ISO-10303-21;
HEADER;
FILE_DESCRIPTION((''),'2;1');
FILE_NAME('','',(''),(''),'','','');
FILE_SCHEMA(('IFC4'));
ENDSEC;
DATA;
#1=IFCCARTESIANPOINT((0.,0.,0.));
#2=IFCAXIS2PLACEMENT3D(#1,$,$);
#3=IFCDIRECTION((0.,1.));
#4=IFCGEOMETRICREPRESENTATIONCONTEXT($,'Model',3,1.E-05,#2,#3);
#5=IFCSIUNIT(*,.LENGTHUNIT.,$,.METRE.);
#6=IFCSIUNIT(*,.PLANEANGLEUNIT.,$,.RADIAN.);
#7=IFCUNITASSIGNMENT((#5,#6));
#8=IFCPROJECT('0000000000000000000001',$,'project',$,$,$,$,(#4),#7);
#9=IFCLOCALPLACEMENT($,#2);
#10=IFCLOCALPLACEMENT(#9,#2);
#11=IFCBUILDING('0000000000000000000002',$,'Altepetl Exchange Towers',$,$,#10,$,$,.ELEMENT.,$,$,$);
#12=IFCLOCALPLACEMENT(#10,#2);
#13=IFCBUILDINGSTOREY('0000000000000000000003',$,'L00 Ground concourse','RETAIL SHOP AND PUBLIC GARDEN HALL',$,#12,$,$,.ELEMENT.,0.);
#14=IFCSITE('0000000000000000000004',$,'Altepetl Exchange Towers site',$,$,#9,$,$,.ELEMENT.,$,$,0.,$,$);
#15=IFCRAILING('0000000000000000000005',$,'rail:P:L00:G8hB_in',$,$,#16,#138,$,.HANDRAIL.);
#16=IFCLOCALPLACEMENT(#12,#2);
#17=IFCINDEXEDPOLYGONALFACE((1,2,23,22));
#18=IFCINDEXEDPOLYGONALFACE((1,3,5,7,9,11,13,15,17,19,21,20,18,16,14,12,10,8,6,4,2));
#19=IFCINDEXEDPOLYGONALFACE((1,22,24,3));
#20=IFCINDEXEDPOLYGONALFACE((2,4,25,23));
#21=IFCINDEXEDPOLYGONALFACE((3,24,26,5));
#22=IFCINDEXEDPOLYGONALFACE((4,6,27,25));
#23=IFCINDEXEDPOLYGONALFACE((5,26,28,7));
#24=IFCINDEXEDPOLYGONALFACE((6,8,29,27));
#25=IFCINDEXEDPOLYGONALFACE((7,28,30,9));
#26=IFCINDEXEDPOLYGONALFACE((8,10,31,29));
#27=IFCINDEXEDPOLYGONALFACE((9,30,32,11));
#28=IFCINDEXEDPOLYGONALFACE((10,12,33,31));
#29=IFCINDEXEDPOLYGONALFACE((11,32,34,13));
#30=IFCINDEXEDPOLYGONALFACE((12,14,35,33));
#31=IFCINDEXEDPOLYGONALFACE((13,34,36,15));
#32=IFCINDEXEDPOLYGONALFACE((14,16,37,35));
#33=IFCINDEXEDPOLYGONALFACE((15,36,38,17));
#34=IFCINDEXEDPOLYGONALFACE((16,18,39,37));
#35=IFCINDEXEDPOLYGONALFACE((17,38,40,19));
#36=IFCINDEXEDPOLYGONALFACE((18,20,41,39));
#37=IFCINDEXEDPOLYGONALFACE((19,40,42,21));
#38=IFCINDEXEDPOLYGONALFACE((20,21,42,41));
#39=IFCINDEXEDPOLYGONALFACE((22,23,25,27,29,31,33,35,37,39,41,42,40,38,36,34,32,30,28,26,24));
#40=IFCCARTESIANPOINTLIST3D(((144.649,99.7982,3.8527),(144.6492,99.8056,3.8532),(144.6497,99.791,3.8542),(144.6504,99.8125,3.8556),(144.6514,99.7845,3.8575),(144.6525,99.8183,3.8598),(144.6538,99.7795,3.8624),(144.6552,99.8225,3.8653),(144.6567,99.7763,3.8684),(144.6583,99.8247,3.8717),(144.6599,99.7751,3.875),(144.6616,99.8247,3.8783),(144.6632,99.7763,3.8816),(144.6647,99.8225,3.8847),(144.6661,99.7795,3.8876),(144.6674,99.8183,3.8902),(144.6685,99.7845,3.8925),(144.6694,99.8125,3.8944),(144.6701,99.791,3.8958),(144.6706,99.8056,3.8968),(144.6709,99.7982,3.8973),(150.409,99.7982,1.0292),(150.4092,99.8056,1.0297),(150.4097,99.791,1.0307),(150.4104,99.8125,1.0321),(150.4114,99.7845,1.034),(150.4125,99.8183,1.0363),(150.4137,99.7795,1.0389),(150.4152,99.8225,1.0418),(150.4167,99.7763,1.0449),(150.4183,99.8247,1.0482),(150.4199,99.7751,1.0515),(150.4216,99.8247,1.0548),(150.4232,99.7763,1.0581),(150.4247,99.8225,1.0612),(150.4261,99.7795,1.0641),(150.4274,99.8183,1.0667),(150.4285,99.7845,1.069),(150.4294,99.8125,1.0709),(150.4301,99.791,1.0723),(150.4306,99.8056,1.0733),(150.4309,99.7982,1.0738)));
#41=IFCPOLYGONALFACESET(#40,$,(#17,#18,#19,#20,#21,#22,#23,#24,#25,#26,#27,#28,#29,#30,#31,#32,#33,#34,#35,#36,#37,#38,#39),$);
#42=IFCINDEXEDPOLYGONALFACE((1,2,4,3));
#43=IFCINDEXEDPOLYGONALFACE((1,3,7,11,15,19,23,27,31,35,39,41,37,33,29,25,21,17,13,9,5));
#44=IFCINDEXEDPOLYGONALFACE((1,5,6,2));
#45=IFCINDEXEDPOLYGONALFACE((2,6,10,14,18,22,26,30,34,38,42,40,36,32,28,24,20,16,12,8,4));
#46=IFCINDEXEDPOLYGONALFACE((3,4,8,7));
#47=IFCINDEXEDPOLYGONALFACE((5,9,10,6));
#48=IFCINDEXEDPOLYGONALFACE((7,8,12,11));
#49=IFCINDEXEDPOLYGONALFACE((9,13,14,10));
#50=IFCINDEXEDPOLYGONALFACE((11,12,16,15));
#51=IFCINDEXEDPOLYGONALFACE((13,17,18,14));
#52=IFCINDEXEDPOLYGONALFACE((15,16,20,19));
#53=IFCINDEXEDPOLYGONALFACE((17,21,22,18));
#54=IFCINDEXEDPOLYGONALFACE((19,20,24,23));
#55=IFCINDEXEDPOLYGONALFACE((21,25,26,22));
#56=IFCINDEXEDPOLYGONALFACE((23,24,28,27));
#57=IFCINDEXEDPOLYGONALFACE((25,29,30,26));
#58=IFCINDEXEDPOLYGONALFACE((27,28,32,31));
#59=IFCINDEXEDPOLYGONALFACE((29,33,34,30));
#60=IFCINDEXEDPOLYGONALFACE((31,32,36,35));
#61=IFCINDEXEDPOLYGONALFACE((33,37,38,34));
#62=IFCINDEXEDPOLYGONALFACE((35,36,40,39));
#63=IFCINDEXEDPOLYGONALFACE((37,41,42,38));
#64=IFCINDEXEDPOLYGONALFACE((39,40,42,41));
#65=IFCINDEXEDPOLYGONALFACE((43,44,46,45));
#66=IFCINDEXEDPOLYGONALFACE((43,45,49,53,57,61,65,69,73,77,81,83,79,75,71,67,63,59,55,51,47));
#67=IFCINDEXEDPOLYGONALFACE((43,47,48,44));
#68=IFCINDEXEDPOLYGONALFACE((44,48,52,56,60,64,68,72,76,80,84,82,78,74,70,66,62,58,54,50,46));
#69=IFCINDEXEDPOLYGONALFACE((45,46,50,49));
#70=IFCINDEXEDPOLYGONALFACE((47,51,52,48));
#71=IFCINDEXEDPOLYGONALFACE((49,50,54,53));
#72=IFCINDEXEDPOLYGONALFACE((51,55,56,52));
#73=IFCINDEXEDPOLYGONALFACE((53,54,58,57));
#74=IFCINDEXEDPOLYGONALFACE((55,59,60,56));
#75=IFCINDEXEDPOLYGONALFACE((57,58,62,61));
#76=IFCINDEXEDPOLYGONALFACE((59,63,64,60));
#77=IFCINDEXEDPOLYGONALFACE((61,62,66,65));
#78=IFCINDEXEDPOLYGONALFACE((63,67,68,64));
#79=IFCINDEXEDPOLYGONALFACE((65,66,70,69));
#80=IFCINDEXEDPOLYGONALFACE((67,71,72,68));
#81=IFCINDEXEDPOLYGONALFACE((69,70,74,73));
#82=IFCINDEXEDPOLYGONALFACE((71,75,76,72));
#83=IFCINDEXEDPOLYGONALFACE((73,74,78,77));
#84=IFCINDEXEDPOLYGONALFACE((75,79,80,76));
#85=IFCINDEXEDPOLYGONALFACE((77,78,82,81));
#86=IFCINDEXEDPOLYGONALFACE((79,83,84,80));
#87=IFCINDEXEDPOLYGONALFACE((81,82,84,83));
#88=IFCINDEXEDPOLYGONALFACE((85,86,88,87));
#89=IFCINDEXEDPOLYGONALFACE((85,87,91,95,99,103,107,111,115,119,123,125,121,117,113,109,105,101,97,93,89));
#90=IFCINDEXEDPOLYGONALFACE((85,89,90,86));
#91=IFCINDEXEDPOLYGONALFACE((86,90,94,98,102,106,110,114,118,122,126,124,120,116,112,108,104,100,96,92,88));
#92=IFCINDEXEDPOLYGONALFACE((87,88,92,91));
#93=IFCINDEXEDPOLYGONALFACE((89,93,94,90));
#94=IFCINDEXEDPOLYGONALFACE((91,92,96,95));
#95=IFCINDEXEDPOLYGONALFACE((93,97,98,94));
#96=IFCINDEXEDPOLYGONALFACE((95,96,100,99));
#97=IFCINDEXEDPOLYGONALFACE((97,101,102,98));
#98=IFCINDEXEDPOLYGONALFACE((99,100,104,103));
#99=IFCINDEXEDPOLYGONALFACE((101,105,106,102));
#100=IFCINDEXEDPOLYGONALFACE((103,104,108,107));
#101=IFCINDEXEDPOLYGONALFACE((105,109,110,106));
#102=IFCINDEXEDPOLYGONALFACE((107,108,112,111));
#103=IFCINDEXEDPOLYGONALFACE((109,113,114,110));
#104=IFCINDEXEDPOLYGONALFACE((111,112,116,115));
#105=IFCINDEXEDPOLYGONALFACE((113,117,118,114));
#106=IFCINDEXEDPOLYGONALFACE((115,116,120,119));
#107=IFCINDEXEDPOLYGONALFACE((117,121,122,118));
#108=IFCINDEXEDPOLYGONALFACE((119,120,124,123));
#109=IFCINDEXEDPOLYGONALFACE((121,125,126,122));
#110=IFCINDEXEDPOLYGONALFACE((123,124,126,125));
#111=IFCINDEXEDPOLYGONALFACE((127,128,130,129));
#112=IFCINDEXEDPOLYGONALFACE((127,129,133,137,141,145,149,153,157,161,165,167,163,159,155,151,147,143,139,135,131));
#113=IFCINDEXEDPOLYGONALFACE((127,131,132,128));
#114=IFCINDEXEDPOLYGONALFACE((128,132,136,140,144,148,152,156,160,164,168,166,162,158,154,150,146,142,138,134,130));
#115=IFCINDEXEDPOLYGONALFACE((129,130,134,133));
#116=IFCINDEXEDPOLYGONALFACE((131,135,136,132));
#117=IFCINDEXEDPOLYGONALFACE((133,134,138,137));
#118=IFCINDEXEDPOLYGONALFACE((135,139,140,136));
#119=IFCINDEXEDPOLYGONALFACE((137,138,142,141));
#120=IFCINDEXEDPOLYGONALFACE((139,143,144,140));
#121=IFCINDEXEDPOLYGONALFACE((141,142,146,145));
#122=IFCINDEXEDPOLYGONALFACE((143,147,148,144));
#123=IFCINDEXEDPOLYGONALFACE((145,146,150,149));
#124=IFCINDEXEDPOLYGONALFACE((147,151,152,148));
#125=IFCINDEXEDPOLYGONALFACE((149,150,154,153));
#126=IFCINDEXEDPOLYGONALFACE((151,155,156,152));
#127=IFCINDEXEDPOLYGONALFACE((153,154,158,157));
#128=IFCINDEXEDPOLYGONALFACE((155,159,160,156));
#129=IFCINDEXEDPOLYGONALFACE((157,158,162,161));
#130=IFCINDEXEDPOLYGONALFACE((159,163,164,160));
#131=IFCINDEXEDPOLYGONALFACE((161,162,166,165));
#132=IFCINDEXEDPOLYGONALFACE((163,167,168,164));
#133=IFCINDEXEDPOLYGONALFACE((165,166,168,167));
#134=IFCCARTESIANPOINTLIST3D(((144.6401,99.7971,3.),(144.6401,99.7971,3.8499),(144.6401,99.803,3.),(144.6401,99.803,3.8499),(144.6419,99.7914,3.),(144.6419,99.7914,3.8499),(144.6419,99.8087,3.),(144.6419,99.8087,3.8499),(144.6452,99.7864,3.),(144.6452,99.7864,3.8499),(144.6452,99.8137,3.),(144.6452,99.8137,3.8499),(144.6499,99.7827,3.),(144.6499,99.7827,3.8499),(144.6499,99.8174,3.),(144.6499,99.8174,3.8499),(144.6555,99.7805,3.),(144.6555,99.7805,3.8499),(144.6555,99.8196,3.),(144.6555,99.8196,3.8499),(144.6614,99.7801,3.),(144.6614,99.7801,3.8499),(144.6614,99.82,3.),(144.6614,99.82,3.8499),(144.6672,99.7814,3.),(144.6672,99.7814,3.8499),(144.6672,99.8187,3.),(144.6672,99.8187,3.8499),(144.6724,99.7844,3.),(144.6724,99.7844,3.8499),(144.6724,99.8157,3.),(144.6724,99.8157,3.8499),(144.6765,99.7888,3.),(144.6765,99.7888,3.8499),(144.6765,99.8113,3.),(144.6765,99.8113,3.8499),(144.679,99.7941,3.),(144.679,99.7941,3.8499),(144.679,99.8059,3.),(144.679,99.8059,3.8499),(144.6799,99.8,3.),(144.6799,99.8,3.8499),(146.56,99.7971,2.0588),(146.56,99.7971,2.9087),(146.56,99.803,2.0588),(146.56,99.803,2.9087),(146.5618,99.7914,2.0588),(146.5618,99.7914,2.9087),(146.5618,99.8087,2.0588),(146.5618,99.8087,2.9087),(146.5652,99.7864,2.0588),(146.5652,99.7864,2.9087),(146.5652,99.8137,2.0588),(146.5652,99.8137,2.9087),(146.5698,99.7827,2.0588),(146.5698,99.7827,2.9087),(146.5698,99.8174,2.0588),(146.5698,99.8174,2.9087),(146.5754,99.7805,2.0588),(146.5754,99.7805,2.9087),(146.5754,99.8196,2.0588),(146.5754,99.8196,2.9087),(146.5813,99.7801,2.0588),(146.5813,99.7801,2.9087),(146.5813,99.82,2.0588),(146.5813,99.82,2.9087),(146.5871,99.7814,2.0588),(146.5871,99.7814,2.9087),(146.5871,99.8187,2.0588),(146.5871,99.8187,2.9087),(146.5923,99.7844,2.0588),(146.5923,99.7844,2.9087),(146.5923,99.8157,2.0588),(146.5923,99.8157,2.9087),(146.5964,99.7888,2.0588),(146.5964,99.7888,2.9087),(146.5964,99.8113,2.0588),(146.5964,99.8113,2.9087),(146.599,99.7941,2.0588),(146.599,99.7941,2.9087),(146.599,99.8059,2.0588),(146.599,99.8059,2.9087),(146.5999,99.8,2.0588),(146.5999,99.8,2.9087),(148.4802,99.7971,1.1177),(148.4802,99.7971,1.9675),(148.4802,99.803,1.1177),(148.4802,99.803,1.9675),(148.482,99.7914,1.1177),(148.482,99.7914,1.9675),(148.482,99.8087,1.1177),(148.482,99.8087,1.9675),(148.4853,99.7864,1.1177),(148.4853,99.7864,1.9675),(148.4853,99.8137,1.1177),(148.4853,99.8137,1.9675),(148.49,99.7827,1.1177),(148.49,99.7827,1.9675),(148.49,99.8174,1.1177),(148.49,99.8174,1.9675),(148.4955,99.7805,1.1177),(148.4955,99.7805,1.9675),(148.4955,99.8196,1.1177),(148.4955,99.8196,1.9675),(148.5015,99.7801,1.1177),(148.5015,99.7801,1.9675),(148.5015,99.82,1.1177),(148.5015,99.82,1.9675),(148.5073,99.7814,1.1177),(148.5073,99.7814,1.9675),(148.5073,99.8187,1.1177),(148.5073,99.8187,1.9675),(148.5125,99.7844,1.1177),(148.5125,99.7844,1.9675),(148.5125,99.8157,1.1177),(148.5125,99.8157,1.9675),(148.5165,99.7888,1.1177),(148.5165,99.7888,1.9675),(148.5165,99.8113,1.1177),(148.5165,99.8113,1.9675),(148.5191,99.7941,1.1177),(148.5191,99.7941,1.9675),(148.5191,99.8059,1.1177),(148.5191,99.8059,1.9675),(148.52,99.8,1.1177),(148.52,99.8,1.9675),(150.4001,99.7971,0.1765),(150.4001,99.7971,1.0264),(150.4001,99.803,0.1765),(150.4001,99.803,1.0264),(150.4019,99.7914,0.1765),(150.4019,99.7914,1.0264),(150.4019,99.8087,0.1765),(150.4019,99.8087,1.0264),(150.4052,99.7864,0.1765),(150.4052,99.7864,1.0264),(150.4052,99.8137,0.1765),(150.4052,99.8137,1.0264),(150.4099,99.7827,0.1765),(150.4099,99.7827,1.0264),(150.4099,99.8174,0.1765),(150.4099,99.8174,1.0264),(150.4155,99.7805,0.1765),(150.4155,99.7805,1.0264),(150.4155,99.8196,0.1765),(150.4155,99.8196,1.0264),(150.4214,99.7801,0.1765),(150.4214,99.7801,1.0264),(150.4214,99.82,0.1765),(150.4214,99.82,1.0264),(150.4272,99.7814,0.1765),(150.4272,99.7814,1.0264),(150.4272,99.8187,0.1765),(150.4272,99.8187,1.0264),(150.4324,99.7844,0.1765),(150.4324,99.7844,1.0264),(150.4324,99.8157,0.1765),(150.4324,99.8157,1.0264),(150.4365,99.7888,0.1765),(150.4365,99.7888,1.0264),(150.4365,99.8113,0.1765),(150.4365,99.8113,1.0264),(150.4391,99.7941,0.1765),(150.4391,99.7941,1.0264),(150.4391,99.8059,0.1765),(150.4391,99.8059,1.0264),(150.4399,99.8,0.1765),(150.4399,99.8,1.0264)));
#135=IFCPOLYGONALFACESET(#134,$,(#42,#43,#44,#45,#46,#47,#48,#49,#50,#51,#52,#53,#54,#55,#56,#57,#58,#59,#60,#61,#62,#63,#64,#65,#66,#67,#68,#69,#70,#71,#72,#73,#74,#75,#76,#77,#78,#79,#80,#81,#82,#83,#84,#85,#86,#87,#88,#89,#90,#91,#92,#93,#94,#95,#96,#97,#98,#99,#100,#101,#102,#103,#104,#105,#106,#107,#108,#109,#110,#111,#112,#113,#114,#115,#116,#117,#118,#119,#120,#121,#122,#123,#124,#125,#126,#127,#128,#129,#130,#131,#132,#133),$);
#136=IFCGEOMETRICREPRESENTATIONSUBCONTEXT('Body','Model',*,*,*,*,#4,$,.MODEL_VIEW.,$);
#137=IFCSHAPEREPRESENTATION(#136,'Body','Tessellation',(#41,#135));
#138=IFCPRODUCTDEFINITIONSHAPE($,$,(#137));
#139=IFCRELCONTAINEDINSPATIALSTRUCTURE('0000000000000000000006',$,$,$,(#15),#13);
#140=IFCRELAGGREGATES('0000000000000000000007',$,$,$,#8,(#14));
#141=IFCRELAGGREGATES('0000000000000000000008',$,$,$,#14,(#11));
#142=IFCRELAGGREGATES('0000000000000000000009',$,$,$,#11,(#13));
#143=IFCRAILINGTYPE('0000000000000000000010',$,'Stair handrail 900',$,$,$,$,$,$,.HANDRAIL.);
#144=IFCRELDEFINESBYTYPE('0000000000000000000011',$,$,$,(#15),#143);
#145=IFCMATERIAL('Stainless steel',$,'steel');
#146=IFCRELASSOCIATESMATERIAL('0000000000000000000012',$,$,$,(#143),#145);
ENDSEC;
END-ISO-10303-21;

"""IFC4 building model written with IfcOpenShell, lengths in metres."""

from ifc_helpers import new_model, si_unit, direction, frame, origin, origin_2d, place, context, subcontext, project, spatial, circle, extrude, source, transform, mapped, material, type_object, element, save


model = new_model("IFC4")

# Units and contexts
model_context = context("Model", 3, precision=1e-05, world=origin(), true_north=direction((0.0, 1.0)))
body_context = subcontext(model_context, "Body", "Model", "MODEL_VIEW")
ifc_project = project(units=[si_unit("LENGTHUNIT", "METRE"), si_unit("PLANEANGLEUNIT", "RADIAN")], contexts=[model_context])

# Site, building, storey
site_placement = place(None, origin())
site = spatial("IfcSite", under=ifc_project, at=site_placement, Name="Altepetl Exchange Towers site", CompositionType="ELEMENT", RefElevation=0.0)
building_placement = place(site_placement, origin())
building = spatial("IfcBuilding", under=site, at=building_placement, Name="Altepetl Exchange Towers", CompositionType="ELEMENT")
storey_placement = place(building_placement, origin())
storey = spatial("IfcBuildingStorey", under=building, at=storey_placement, Name="L00 Ground concourse", Description="RETAIL SHOP AND PUBLIC GARDEN HALL", CompositionType="ELEMENT", Elevation=0.0)

# Railing
ifc_material_1 = material(Name="Stainless steel", Category="steel")
railing_type_1 = type_object("IfcRailingType", Name="Stair handrail 900", PredefinedType="HANDRAIL", material=ifc_material_1)
shared_shape_1 = source(origin(), body_context, "Body", "SweptSolid", [
    extrude(circle(Radius=0.02, at=origin_2d()), origin(), (0.0, 0.0, 1.0), 0.8499),
])
for number, where, name in (
    (1, (150.4199, 99.8, 0.1765), "rail:P:L00:G8hB_in"),
):
    element("IfcRailing", number, at=place(storey_placement, frame(where)), inside=storey, type_object=railing_type_1, Name=name, PredefinedType="HANDRAIL", context=body_context, shape_type="SweptSolid", body=[
        extrude(circle(Radius=0.0249, at=origin_2d()), frame((0.0, 0.0, 0.875), z_axis=(-0.897924, 0.0, 0.440151), x_axis=(0.0, -1.0, 0.0)), (0.0, 0.0, 1.0), 6.4148),
        mapped(shared_shape_1, transform((0.0, 0.0, 0.0))),
        mapped(shared_shape_1, transform((-1.9199, 0.0, 0.9412))),
        mapped(shared_shape_1, transform((-3.8401, 0.0, 1.8823))),
        mapped(shared_shape_1, transform((-5.76, 0.0, 2.8235))),
    ])

save(model, "model.ifc")
